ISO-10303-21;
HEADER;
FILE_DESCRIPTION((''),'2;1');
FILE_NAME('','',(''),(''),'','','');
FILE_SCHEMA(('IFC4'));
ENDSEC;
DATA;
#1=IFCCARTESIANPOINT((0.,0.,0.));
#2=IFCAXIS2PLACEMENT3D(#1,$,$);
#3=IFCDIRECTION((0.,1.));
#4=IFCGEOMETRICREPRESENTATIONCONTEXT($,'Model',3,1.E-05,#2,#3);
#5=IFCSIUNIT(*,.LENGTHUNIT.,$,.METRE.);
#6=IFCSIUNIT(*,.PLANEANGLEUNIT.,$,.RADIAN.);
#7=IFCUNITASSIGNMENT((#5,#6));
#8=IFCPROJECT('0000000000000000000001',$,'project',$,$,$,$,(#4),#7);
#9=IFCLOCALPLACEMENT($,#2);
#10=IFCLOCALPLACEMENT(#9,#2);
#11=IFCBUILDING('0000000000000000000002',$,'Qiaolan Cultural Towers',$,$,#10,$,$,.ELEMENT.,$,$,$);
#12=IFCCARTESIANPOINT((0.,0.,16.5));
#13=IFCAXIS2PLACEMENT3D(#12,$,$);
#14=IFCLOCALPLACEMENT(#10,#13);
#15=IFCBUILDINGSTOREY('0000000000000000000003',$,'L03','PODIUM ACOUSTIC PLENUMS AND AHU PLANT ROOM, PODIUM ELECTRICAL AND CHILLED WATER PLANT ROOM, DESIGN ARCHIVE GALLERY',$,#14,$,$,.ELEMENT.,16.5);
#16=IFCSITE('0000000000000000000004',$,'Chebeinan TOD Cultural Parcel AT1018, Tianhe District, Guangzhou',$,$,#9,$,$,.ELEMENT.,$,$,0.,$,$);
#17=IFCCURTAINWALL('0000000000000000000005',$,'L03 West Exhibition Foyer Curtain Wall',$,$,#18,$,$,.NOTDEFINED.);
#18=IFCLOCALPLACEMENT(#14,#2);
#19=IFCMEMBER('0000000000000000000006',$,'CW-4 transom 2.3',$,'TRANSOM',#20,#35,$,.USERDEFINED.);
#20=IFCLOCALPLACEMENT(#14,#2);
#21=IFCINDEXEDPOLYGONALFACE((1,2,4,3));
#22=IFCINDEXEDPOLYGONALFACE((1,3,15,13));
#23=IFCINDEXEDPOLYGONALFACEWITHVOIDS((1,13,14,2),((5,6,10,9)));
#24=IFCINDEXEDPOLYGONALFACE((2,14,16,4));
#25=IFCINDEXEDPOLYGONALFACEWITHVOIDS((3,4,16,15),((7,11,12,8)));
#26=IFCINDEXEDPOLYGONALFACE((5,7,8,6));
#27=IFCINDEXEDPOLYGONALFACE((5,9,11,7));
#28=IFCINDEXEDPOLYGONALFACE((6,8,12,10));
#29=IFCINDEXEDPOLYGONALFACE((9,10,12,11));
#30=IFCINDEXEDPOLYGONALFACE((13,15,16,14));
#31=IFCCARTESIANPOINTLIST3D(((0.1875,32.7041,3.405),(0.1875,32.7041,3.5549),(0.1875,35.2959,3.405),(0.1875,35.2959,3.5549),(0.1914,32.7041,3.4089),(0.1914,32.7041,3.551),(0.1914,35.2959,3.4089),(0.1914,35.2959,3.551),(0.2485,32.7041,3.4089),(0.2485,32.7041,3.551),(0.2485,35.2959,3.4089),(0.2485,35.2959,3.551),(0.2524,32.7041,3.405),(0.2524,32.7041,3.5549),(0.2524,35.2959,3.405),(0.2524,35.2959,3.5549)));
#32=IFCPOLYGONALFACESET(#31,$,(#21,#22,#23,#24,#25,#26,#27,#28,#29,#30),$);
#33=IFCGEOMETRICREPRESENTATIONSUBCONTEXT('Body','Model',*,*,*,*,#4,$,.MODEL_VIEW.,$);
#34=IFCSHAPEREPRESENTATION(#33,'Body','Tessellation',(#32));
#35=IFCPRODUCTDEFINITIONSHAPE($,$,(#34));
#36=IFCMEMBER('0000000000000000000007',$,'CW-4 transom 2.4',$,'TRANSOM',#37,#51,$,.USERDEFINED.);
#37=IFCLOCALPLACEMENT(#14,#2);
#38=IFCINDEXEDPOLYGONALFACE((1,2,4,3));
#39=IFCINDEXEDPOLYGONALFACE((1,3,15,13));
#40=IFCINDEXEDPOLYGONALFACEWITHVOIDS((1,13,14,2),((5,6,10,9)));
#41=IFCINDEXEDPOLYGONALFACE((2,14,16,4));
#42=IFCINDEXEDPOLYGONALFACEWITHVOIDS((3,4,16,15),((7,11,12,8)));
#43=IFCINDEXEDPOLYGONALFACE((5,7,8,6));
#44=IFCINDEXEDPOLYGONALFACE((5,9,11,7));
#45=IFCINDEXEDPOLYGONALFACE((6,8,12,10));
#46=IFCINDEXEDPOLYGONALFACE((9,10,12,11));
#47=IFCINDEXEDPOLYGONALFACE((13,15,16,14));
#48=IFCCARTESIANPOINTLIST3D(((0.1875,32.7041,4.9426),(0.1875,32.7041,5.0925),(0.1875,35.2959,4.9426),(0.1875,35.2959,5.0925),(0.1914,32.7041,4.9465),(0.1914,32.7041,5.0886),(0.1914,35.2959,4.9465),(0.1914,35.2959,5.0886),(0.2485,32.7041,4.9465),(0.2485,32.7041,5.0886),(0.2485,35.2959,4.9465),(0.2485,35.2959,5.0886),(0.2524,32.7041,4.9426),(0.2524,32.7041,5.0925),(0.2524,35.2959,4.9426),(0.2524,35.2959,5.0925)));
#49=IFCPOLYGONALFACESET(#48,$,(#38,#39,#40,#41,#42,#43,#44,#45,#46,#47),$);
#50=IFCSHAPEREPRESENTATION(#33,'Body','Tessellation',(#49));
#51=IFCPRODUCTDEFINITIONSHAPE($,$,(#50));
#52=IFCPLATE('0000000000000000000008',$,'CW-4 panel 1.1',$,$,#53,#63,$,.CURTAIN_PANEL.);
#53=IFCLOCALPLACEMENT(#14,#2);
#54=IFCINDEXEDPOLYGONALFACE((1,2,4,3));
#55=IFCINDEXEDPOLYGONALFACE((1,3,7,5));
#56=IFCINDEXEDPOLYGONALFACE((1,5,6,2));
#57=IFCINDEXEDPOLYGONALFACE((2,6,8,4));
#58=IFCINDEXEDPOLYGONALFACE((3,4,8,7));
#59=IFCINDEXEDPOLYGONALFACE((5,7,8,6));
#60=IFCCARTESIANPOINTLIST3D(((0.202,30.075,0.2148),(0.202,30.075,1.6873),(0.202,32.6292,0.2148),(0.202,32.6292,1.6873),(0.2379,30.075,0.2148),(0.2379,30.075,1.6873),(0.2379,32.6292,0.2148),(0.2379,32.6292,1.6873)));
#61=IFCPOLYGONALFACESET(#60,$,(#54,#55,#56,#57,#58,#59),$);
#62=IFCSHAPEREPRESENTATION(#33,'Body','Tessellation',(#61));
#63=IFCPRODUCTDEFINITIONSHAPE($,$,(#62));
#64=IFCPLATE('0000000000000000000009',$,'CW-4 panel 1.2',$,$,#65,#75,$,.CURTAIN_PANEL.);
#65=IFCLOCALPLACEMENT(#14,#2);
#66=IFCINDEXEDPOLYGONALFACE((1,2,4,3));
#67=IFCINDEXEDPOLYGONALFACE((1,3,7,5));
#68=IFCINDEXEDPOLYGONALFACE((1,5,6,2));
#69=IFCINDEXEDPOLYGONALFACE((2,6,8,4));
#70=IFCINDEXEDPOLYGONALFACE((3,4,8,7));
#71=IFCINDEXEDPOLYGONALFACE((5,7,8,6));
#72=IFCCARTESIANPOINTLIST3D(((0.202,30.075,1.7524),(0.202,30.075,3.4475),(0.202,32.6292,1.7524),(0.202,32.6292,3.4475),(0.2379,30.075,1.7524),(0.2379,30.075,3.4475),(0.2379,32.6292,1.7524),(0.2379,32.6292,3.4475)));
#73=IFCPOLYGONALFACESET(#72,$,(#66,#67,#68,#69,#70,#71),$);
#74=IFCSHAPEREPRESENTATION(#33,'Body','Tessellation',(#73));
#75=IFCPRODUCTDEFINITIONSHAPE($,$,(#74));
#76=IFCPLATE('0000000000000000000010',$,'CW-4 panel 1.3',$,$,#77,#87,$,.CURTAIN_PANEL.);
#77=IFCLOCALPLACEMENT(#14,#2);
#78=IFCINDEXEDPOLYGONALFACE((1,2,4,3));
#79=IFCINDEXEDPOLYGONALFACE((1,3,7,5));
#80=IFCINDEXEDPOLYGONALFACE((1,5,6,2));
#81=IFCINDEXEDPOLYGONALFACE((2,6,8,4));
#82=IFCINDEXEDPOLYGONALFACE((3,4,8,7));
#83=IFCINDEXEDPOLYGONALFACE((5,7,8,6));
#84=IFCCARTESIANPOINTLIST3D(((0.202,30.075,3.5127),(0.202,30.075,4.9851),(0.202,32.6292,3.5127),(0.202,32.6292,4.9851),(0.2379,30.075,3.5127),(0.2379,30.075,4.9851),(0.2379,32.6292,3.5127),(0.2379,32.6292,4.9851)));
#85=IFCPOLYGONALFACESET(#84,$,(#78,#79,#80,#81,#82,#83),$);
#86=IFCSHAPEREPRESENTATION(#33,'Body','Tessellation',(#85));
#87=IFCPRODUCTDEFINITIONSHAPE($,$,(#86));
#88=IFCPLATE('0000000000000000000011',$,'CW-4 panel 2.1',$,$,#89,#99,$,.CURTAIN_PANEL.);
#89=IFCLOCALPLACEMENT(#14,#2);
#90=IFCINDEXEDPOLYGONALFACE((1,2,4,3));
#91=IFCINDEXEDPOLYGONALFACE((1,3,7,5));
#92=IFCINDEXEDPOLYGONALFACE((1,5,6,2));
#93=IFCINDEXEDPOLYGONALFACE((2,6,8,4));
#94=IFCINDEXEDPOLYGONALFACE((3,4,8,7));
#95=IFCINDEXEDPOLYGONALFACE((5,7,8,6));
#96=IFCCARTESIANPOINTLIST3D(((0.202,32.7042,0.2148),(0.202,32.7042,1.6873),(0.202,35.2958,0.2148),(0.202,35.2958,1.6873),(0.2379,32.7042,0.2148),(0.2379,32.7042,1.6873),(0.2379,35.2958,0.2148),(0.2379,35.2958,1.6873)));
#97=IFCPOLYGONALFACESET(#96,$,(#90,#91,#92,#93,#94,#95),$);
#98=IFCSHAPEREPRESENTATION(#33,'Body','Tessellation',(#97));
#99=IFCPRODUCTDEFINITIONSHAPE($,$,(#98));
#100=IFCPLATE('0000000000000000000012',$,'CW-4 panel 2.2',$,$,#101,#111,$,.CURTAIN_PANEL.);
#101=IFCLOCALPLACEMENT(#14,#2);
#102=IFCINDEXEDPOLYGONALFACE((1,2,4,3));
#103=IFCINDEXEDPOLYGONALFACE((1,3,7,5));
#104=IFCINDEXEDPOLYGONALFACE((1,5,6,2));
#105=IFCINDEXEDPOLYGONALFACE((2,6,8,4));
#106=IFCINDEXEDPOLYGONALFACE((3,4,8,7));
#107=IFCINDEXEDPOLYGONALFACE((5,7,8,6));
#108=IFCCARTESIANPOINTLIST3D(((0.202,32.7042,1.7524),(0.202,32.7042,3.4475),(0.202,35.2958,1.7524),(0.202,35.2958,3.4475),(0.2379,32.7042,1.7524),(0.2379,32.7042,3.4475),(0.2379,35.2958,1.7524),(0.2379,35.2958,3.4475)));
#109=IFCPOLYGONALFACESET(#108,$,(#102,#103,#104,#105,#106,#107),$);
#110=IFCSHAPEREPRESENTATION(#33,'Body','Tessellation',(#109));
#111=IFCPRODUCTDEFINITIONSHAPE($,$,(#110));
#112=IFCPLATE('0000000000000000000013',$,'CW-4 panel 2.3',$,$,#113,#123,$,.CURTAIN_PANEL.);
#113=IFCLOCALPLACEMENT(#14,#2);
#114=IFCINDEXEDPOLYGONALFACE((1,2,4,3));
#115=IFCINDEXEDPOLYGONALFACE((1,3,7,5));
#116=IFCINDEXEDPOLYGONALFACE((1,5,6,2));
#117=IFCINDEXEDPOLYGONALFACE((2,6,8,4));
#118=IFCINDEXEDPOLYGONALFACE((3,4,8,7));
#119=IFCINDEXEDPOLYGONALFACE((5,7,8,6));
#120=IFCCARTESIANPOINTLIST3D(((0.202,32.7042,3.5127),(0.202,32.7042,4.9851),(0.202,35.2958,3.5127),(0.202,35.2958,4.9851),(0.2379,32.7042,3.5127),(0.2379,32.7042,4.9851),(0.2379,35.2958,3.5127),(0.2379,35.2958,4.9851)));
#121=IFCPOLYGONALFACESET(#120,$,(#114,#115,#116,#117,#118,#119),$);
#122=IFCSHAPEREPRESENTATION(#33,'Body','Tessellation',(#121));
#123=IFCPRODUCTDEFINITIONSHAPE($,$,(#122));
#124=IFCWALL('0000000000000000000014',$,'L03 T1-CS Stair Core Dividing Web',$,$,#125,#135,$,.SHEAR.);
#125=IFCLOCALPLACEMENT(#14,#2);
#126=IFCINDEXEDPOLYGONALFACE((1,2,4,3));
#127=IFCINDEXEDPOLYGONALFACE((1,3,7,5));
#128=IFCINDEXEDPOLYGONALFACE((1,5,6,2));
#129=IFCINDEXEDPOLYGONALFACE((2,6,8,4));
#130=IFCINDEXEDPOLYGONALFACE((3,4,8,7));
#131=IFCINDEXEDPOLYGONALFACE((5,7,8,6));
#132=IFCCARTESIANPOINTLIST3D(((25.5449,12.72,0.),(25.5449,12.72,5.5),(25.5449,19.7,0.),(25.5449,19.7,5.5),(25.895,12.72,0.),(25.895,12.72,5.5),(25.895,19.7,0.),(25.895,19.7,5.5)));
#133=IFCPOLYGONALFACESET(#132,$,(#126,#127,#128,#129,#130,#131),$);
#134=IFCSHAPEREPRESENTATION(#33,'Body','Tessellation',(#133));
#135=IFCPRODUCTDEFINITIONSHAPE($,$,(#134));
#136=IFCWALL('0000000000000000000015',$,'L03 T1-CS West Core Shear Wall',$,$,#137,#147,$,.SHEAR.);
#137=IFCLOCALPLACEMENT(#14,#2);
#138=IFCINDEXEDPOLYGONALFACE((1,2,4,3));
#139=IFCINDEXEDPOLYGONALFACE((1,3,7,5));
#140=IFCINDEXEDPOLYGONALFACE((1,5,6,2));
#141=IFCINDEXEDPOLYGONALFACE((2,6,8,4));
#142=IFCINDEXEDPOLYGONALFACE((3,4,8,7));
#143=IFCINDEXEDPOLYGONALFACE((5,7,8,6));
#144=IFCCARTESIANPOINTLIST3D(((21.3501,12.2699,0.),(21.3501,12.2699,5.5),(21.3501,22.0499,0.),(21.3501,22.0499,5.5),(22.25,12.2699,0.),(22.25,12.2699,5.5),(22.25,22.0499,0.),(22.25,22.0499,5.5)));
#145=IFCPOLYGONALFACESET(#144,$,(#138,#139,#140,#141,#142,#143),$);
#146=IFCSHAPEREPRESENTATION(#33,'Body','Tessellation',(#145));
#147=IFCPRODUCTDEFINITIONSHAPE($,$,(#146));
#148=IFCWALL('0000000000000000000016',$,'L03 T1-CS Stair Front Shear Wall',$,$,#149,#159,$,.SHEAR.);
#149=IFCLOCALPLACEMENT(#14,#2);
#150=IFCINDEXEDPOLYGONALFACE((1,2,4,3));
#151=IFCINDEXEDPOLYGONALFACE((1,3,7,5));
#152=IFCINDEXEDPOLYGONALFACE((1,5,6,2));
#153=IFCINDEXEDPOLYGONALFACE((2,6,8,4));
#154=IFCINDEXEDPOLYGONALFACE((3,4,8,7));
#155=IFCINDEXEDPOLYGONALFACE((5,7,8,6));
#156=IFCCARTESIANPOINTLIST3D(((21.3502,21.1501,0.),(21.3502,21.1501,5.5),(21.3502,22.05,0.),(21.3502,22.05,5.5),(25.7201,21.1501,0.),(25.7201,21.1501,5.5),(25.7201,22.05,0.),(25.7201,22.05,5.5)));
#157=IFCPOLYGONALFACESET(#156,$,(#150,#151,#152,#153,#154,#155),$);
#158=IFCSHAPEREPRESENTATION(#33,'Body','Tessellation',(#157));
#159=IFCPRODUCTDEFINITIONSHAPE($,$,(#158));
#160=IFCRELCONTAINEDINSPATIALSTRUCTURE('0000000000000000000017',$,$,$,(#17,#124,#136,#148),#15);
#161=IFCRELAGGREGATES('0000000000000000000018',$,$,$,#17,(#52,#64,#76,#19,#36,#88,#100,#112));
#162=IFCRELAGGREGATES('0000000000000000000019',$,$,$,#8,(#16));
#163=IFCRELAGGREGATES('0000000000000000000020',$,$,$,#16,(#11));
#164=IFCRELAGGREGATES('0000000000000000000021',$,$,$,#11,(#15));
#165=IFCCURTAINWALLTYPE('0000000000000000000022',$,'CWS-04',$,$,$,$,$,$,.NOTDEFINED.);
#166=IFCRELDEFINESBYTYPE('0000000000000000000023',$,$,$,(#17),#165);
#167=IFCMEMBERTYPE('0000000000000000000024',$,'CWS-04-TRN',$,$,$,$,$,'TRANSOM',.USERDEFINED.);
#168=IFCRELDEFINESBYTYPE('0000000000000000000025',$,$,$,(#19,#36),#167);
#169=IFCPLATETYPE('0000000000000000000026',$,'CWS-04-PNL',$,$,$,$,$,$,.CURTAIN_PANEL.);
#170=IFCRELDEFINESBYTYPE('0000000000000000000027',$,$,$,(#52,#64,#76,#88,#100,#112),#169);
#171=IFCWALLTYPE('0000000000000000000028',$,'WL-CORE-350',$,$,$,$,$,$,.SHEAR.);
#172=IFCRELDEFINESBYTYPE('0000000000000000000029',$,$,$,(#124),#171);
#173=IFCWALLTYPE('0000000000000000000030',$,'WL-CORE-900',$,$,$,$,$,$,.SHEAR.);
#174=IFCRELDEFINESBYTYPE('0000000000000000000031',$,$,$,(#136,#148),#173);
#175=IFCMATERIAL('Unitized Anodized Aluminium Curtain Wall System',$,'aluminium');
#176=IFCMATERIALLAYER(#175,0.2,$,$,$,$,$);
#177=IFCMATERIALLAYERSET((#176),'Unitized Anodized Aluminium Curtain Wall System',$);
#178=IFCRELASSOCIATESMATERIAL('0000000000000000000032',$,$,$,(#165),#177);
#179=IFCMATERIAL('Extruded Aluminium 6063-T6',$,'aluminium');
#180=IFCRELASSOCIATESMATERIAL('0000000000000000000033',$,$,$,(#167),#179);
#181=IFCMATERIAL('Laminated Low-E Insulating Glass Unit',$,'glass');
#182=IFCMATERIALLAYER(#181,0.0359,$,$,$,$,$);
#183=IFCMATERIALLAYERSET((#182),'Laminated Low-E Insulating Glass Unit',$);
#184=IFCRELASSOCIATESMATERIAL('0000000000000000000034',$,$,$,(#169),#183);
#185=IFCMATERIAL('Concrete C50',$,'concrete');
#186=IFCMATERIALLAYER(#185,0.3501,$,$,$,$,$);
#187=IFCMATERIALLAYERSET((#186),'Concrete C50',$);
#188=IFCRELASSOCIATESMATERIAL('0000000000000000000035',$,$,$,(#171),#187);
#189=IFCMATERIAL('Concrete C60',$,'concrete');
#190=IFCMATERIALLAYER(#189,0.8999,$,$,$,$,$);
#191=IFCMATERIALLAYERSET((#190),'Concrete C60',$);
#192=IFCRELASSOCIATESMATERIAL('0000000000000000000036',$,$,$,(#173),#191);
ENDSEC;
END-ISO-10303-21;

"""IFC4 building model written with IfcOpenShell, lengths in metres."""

from ifc_helpers import new_model, si_unit, direction, frame, frame_2d, origin, origin_2d, place, context, subcontext, project, spatial, rectangle, hollow_rectangle, extrude, material, layer, layer_set, material_profile, profile_set, type_object, element, aggregate, save


model = new_model("IFC4")

# Units and contexts
model_context = context("Model", 3, precision=1e-05, world=origin(), true_north=direction((0.0, 1.0)))
body_context = subcontext(model_context, "Body", "Model", "MODEL_VIEW")
ifc_project = project(units=[si_unit("LENGTHUNIT", "METRE"), si_unit("PLANEANGLEUNIT", "RADIAN")], contexts=[model_context])

# Site, building, storey
site_placement = place(None, origin())
site = spatial("IfcSite", under=ifc_project, at=site_placement, Name="Chebeinan TOD Cultural Parcel AT1018, Tianhe District, Guangzhou", CompositionType="ELEMENT", RefElevation=0.0)
building_placement = place(site_placement, origin())
building = spatial("IfcBuilding", under=site, at=building_placement, Name="Qiaolan Cultural Towers", CompositionType="ELEMENT")
storey_placement = place(building_placement, frame((0.0, 0.0, 16.5)))
storey = spatial("IfcBuildingStorey", under=building, at=storey_placement, Name="L03", Description="PODIUM ACOUSTIC PLENUMS AND AHU PLANT ROOM, PODIUM ELECTRICAL AND CHILLED WATER PLANT ROOM, DESIGN ARCHIVE GALLERY", CompositionType="ELEMENT", Elevation=16.5)

# Curtain wall, members, plates
ifc_material_1 = material(Name="Unitized Anodized Aluminium Curtain Wall System", Category="aluminium")
ifc_layer_1 = layer(ifc_material_1, 0.2)
ifc_layer_set_1 = layer_set([ifc_layer_1], Name="Unitized Anodized Aluminium Curtain Wall System")
curtain_wall_type = type_object("IfcCurtainWallType", Name="CWS-04", PredefinedType="NOTDEFINED", material=ifc_layer_set_1)
curtain_wall_placement = place(storey_placement, origin())
curtain_wall = element("IfcCurtainWall", 1, at=curtain_wall_placement, inside=storey, type_object=curtain_wall_type, Name="L03 West Exhibition Foyer Curtain Wall", PredefinedType="NOTDEFINED")
ifc_material_2 = material(Name="Extruded Aluminium 6063-T6", Category="aluminium")
ifc_material_profile_1 = material_profile(ifc_material_2, hollow_rectangle(XDim=0.0649, YDim=0.1499, WallThickness=0.0039, at=origin_2d()), Name="CWT-150x65x4")
ifc_profile_set_1 = profile_set([ifc_material_profile_1], Name="Extruded Aluminium 6063-T6")
member_type_1 = type_object("IfcMemberType", Name="CWS-04-TRN", ElementType="TRANSOM", PredefinedType="USERDEFINED", material=ifc_profile_set_1)
member_1_placement = place(storey_placement, frame((0.22, 32.7041, 3.48), z_axis=(0.0, 1.0, 0.0), x_axis=(-1.0, 0.0, 0.0)))
member_1 = element("IfcMember", 2, at=member_1_placement, type_object=member_type_1, Name="CW-4 transom 2.3", ObjectType="TRANSOM", PredefinedType="USERDEFINED", context=body_context, shape_type="SweptSolid", body=[
    extrude(hollow_rectangle(XDim=0.0649, YDim=0.1499, WallThickness=0.0039, at=origin_2d()), origin(), (0.0, 0.0, 1.0), 2.5918),
])
member_2_placement = place(storey_placement, frame((0.22, 32.7041, 5.0176), z_axis=(0.0, 1.0, 0.0), x_axis=(-1.0, 0.0, 0.0)))
member_2 = element("IfcMember", 3, at=member_2_placement, type_object=member_type_1, Name="CW-4 transom 2.4", ObjectType="TRANSOM", PredefinedType="USERDEFINED", context=body_context, shape_type="SweptSolid", body=[
    extrude(hollow_rectangle(XDim=0.0649, YDim=0.1499, WallThickness=0.0039, at=origin_2d()), origin(), (0.0, 0.0, 1.0), 2.5918),
])
ifc_material_3 = material(Name="Laminated Low-E Insulating Glass Unit", Category="glass")
ifc_layer_2 = layer(ifc_material_3, 0.0359)
ifc_layer_set_2 = layer_set([ifc_layer_2], Name="Laminated Low-E Insulating Glass Unit")
plate_type = type_object("IfcPlateType", Name="CWS-04-PNL", PredefinedType="CURTAIN_PANEL", material=ifc_layer_set_2)
plate_1_placement = place(storey_placement, frame((0.22, 31.3521, 0.2148), z_axis=(0.0, 0.0, 1.0), x_axis=(0.0, 1.0, 0.0)))
plate_1 = element("IfcPlate", 4, at=plate_1_placement, type_object=plate_type, Name="CW-4 panel 1.1", PredefinedType="CURTAIN_PANEL", context=body_context, shape_type="SweptSolid", body=[
    extrude(rectangle(XDim=2.5542, YDim=0.0359, at=origin_2d()), origin(), (0.0, 0.0, 1.0), 1.4724),
])
plate_2_placement = place(storey_placement, frame((0.22, 31.3521, 1.7524), z_axis=(0.0, 0.0, 1.0), x_axis=(0.0, 1.0, 0.0)))
plate_2 = element("IfcPlate", 5, at=plate_2_placement, type_object=plate_type, Name="CW-4 panel 1.2", PredefinedType="CURTAIN_PANEL", context=body_context, shape_type="SweptSolid", body=[
    extrude(rectangle(XDim=2.5542, YDim=0.0359, at=origin_2d()), origin(), (0.0, 0.0, 1.0), 1.6951),
])
plate_3_placement = place(storey_placement, frame((0.22, 31.3521, 3.5127), z_axis=(0.0, 0.0, 1.0), x_axis=(0.0, 1.0, 0.0)))
plate_3 = element("IfcPlate", 6, at=plate_3_placement, type_object=plate_type, Name="CW-4 panel 1.3", PredefinedType="CURTAIN_PANEL", context=body_context, shape_type="SweptSolid", body=[
    extrude(rectangle(XDim=2.5542, YDim=0.0359, at=origin_2d()), origin(), (0.0, 0.0, 1.0), 1.4724),
])
plate_4_placement = place(storey_placement, frame((0.22, 34.0, 0.2148), z_axis=(0.0, 0.0, 1.0), x_axis=(0.0, 1.0, 0.0)))
plate_4 = element("IfcPlate", 7, at=plate_4_placement, type_object=plate_type, Name="CW-4 panel 2.1", PredefinedType="CURTAIN_PANEL", context=body_context, shape_type="SweptSolid", body=[
    extrude(rectangle(XDim=2.5916, YDim=0.0359, at=origin_2d()), origin(), (0.0, 0.0, 1.0), 1.4724),
])
plate_5_placement = place(storey_placement, frame((0.22, 34.0, 1.7524), z_axis=(0.0, 0.0, 1.0), x_axis=(0.0, 1.0, 0.0)))
plate_5 = element("IfcPlate", 8, at=plate_5_placement, type_object=plate_type, Name="CW-4 panel 2.2", PredefinedType="CURTAIN_PANEL", context=body_context, shape_type="SweptSolid", body=[
    extrude(rectangle(XDim=2.5916, YDim=0.0359, at=origin_2d()), origin(), (0.0, 0.0, 1.0), 1.6951),
])
plate_6_placement = place(storey_placement, frame((0.22, 34.0, 3.5127), z_axis=(0.0, 0.0, 1.0), x_axis=(0.0, 1.0, 0.0)))
plate_6 = element("IfcPlate", 9, at=plate_6_placement, type_object=plate_type, Name="CW-4 panel 2.3", PredefinedType="CURTAIN_PANEL", context=body_context, shape_type="SweptSolid", body=[
    extrude(rectangle(XDim=2.5916, YDim=0.0359, at=origin_2d()), origin(), (0.0, 0.0, 1.0), 1.4724),
])
aggregate(curtain_wall, [plate_1, plate_2, plate_3, member_1, member_2, plate_4, plate_5, plate_6])

# Walls
ifc_material_4 = material(Name="Concrete C50", Category="concrete")
ifc_layer_3 = layer(ifc_material_4, 0.3501)
ifc_layer_set_3 = layer_set([ifc_layer_3], Name="Concrete C50")
wall_type_1 = type_object("IfcWallType", Name="WL-CORE-350", PredefinedType="SHEAR", material=ifc_layer_set_3)
wall_1_placement = place(storey_placement, frame((25.72, 19.7, 0.0), z_axis=(0.0, 0.0, 1.0), x_axis=(0.0, -1.0, 0.0)))
element("IfcWall", 10, at=wall_1_placement, inside=storey, type_object=wall_type_1, Name="L03 T1-CS Stair Core Dividing Web", PredefinedType="SHEAR", context=body_context, shape_type="SweptSolid", body=[
    extrude(rectangle(XDim=6.98, YDim=0.3501, at=frame_2d((3.49, 0.0))), origin(), (0.0, 0.0, 1.0), 5.5),
])
ifc_material_5 = material(Name="Concrete C60", Category="concrete")
ifc_layer_4 = layer(ifc_material_5, 0.8999)
ifc_layer_set_4 = layer_set([ifc_layer_4], Name="Concrete C60")
wall_type_2 = type_object("IfcWallType", Name="WL-CORE-900", PredefinedType="SHEAR", material=ifc_layer_set_4)
wall_2_placement = place(storey_placement, frame((21.8, 22.05, 0.0), z_axis=(0.0, 0.0, 1.0), x_axis=(0.0, -1.0, 0.0)))
element("IfcWall", 11, at=wall_2_placement, inside=storey, type_object=wall_type_2, Name="L03 T1-CS West Core Shear Wall", PredefinedType="SHEAR", context=body_context, shape_type="SweptSolid", body=[
    extrude(rectangle(XDim=9.78, YDim=0.8999, at=frame_2d((4.8901, 0.0))), origin(), (0.0, 0.0, 1.0), 5.5),
])
wall_3_placement = place(storey_placement, frame((21.3501, 21.6001, 0.0), z_axis=(0.0, 0.0, 1.0), x_axis=(1.0, 0.0, 0.0)))
element("IfcWall", 12, at=wall_3_placement, inside=storey, type_object=wall_type_2, Name="L03 T1-CS Stair Front Shear Wall", PredefinedType="SHEAR", context=body_context, shape_type="SweptSolid", body=[
    extrude(rectangle(XDim=4.3699, YDim=0.8999, at=frame_2d((2.1851, 0.0))), origin(), (0.0, 0.0, 1.0), 5.5),
])

save(model, "model.ifc")
